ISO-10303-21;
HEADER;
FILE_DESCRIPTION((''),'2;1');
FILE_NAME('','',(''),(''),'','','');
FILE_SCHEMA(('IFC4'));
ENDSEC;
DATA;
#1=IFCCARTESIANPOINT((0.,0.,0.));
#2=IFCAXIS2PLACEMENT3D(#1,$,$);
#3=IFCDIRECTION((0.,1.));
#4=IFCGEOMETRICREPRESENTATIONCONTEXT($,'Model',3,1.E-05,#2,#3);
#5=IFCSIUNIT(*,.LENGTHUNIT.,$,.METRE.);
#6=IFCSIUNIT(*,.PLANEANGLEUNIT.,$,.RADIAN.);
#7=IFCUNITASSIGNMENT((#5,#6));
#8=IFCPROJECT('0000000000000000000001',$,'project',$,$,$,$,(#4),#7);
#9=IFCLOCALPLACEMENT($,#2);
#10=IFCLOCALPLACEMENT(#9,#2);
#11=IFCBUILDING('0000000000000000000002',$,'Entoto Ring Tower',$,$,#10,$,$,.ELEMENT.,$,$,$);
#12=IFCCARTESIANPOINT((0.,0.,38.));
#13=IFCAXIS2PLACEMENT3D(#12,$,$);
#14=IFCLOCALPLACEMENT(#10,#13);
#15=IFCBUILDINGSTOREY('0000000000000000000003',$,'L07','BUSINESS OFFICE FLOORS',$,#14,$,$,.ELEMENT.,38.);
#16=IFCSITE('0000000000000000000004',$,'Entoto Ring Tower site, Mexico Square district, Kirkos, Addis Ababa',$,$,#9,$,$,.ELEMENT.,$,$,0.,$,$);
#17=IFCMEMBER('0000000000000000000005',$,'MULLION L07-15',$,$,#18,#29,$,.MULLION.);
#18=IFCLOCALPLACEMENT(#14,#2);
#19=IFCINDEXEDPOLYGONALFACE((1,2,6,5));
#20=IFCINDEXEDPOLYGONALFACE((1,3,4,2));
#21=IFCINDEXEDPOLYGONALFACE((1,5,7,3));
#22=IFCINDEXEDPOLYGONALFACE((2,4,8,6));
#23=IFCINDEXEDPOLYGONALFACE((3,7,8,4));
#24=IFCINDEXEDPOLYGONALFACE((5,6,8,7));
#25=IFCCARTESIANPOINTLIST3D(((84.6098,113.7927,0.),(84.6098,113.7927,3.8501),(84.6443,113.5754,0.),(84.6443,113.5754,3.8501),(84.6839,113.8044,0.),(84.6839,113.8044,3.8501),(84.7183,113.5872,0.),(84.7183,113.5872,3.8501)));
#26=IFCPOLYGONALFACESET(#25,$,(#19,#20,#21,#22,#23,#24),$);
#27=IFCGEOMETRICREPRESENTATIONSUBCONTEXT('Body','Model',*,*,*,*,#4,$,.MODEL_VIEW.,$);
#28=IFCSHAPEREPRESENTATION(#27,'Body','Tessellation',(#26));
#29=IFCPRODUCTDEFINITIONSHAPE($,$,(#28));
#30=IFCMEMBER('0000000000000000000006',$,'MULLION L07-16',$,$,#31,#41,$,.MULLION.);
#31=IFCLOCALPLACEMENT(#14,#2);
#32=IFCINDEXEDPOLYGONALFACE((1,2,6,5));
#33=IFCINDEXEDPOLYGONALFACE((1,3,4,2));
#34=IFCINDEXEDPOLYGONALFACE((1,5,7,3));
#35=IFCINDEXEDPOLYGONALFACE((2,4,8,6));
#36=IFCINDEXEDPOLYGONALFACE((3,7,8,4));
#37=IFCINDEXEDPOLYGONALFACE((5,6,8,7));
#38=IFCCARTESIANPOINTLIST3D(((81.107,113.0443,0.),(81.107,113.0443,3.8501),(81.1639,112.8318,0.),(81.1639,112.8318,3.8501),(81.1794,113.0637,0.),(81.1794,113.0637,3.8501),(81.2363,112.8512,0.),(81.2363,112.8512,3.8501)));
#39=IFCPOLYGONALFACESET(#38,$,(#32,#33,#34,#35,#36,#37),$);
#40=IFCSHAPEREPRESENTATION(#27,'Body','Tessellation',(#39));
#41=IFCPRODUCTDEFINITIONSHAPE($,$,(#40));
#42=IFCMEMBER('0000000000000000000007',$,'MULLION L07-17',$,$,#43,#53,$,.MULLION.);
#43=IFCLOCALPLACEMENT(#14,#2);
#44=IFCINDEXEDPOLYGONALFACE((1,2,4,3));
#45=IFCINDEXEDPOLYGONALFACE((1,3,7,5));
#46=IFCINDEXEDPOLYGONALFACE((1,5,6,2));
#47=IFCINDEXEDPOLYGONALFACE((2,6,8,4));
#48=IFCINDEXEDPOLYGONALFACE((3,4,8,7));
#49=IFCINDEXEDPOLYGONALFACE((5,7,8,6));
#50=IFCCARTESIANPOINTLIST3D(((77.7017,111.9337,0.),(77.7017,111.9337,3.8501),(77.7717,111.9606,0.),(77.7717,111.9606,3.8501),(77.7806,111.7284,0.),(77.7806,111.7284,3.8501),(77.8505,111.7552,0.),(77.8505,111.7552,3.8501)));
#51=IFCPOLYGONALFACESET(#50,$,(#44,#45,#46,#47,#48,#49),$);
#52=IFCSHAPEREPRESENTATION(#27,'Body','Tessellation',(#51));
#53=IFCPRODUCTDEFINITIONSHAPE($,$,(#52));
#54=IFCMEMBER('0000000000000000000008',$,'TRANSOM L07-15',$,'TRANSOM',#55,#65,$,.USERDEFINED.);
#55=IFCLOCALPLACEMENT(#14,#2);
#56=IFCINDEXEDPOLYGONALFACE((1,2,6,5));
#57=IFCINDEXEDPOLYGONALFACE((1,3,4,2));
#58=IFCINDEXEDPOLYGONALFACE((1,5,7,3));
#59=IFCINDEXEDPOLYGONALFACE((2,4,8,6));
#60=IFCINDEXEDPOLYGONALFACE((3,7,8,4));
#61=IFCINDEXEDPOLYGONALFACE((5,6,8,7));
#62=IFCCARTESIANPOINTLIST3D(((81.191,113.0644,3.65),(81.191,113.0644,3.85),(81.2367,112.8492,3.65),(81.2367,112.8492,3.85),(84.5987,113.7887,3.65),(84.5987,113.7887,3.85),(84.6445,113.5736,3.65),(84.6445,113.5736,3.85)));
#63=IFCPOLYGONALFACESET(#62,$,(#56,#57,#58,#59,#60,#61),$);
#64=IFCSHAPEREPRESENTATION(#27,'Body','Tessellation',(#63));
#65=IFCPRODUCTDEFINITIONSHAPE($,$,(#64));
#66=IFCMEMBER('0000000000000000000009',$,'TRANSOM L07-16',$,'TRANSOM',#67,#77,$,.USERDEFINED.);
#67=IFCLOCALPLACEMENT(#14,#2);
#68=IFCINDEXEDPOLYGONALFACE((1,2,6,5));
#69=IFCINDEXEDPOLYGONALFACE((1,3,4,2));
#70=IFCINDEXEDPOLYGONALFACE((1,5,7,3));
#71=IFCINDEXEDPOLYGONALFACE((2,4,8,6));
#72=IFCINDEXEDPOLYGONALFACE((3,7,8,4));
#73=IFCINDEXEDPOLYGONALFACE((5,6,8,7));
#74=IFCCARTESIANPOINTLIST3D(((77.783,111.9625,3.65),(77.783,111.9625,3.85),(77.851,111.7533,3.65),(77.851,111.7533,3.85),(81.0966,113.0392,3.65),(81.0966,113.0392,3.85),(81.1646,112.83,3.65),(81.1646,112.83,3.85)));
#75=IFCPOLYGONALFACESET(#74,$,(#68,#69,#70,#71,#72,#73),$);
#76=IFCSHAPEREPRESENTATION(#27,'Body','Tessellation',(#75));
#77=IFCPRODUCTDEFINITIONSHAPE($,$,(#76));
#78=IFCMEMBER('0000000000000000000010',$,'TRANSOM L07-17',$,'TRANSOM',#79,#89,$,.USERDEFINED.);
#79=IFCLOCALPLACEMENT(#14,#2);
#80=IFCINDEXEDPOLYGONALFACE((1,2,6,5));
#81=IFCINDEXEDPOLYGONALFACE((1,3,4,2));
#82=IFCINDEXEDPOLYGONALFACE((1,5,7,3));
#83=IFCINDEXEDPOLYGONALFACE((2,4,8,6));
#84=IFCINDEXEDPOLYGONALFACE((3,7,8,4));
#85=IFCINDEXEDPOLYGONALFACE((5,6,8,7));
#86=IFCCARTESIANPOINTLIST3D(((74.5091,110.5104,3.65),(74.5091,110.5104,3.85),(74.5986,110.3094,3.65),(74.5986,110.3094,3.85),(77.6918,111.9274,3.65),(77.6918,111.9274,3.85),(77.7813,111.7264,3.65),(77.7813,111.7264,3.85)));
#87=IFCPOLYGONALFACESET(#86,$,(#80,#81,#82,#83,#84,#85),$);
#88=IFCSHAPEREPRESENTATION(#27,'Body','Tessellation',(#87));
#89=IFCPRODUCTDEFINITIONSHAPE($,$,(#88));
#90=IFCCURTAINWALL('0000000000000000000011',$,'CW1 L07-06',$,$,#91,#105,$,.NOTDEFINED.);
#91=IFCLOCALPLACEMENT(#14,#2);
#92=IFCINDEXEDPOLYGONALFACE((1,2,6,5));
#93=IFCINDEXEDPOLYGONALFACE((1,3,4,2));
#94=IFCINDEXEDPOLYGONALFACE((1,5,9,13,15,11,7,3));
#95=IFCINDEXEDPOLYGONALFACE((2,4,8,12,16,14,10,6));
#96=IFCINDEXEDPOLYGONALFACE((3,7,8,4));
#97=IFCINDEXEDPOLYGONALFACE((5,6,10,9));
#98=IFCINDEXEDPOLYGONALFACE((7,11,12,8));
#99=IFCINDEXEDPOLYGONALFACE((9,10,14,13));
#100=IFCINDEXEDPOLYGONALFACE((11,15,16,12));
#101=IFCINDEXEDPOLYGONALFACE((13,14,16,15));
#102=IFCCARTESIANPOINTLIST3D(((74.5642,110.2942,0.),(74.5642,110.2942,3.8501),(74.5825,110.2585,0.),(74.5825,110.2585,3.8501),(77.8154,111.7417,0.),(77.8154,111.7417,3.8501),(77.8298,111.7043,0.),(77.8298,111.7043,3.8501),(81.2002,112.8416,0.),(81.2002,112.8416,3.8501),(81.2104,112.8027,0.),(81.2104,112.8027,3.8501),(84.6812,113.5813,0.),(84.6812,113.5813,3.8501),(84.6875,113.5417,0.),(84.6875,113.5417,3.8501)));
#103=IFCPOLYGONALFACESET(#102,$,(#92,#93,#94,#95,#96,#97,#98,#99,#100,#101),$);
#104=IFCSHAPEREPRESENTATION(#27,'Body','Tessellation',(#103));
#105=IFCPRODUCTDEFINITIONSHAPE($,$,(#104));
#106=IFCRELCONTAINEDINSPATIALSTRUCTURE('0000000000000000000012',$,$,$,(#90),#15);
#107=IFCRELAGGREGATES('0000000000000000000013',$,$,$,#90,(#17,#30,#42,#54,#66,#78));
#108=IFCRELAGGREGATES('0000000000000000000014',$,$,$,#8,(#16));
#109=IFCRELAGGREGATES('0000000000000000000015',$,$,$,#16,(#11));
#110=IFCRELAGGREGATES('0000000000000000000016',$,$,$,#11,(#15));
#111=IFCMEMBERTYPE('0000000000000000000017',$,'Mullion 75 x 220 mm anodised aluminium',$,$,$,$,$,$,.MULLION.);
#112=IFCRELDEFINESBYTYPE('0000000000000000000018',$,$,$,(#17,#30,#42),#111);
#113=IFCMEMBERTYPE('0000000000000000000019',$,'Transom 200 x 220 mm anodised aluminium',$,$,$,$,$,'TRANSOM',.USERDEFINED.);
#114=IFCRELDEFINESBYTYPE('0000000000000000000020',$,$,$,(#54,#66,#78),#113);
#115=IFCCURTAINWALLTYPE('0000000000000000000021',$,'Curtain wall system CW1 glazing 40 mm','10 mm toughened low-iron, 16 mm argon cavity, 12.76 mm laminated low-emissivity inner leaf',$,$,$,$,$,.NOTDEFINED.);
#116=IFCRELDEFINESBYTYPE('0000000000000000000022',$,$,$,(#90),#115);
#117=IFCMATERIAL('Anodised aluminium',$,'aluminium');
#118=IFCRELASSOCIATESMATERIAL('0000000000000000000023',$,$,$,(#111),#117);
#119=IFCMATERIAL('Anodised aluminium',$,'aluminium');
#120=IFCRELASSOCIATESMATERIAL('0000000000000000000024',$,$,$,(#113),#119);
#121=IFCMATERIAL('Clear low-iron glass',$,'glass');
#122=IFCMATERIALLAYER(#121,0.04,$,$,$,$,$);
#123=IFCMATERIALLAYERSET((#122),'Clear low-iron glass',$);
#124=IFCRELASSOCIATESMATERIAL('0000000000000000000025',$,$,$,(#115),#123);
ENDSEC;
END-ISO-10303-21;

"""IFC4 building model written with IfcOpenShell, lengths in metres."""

from ifc_helpers import new_model, si_unit, direction, frame, origin, origin_2d, place, context, subcontext, project, spatial, polyline, rectangle, outline, extrude, material, layer, layer_set, material_profile, profile_set, type_object, element, aggregate, save


model = new_model("IFC4")

# Units and contexts
model_context = context("Model", 3, precision=1e-05, world=origin(), true_north=direction((0.0, 1.0)))
body_context = subcontext(model_context, "Body", "Model", "MODEL_VIEW")
ifc_project = project(units=[si_unit("LENGTHUNIT", "METRE"), si_unit("PLANEANGLEUNIT", "RADIAN")], contexts=[model_context])

# Members
ifc_material_1 = material(Name="Anodised aluminium", Category="aluminium")
ifc_material_profile_1 = material_profile(ifc_material_1, rectangle(XDim=0.075, YDim=0.22, at=origin_2d()), Name="Mullion 75 x 220 mm anodised aluminium")
ifc_profile_set_1 = profile_set([ifc_material_profile_1], Name="Anodised aluminium")
member_type_1 = type_object("IfcMemberType", Name="Mullion 75 x 220 mm anodised aluminium", PredefinedType="MULLION", material=ifc_profile_set_1)
site_placement = place(None, origin())
building_placement = place(site_placement, origin())
storey_placement = place(building_placement, frame((0.0, 0.0, 38.0)))
member_1_placement = place(storey_placement, frame((84.6641, 113.6899, 0.0), z_axis=(0.0, 0.0, 1.0), x_axis=(-0.987688, -0.156434, 0.0)))
member_1 = element("IfcMember", 1, at=member_1_placement, type_object=member_type_1, Name="MULLION L07-15", PredefinedType="MULLION", context=body_context, shape_type="SweptSolid", body=[
    extrude(rectangle(XDim=0.075, YDim=0.22, at=origin_2d()), origin(), (0.0, 0.0, 1.0), 3.8501),
])
member_2_placement = place(storey_placement, frame((81.1716, 112.9478, 0.0), z_axis=(0.0, 0.0, 1.0), x_axis=(-0.965926, -0.258819, 0.0)))
member_2 = element("IfcMember", 2, at=member_2_placement, type_object=member_type_1, Name="MULLION L07-16", PredefinedType="MULLION", context=body_context, shape_type="SweptSolid", body=[
    extrude(rectangle(XDim=0.075, YDim=0.22, at=origin_2d()), origin(), (0.0, 0.0, 1.0), 3.8501),
])
member_3_placement = place(storey_placement, frame((77.7761, 111.8445, 0.0), z_axis=(0.0, 0.0, 1.0), x_axis=(-0.93358, -0.358368, 0.0)))
member_3 = element("IfcMember", 3, at=member_3_placement, type_object=member_type_1, Name="MULLION L07-17", PredefinedType="MULLION", context=body_context, shape_type="SweptSolid", body=[
    extrude(rectangle(XDim=0.075, YDim=0.22, at=origin_2d()), origin(), (0.0, 0.0, 1.0), 3.8501),
])
ifc_material_2 = material(Name="Anodised aluminium", Category="aluminium")
ifc_material_profile_2 = material_profile(ifc_material_2, rectangle(XDim=0.22, YDim=0.2, at=origin_2d()), Name="Transom 200 x 220 mm anodised aluminium")
ifc_profile_set_2 = profile_set([ifc_material_profile_2], Name="Anodised aluminium")
member_type_2 = type_object("IfcMemberType", Name="Transom 200 x 220 mm anodised aluminium", ElementType="TRANSOM", PredefinedType="USERDEFINED", material=ifc_profile_set_2)
member_4_placement = place(storey_placement, frame((84.6216, 113.6812, 3.75), z_axis=(-0.978146, -0.207921, 0.0), x_axis=(0.207921, -0.978146, 0.0)))
member_4 = element("IfcMember", 4, at=member_4_placement, type_object=member_type_2, Name="TRANSOM L07-15", ObjectType="TRANSOM", PredefinedType="USERDEFINED", context=body_context, shape_type="SweptSolid", body=[
    extrude(rectangle(XDim=0.22, YDim=0.2, at=origin_2d()), origin(), (0.0, 0.0, 1.0), 3.4839),
])
member_5_placement = place(storey_placement, frame((81.1306, 112.9346, 3.75), z_axis=(-0.951053, -0.309029, 0.0), x_axis=(0.309029, -0.951053, 0.0)))
member_5 = element("IfcMember", 5, at=member_5_placement, type_object=member_type_2, Name="TRANSOM L07-16", ObjectType="TRANSOM", PredefinedType="USERDEFINED", context=body_context, shape_type="SweptSolid", body=[
    extrude(rectangle(XDim=0.22, YDim=0.2, at=origin_2d()), origin(), (0.0, 0.0, 1.0), 3.4841),
])
member_6_placement = place(storey_placement, frame((77.7366, 111.8269, 3.75), z_axis=(-0.913545, -0.406737, 0.0), x_axis=(0.406737, -0.913545, 0.0)))
member_6 = element("IfcMember", 6, at=member_6_placement, type_object=member_type_2, Name="TRANSOM L07-17", ObjectType="TRANSOM", PredefinedType="USERDEFINED", context=body_context, shape_type="SweptSolid", body=[
    extrude(rectangle(XDim=0.22, YDim=0.2, at=origin_2d()), origin(), (0.0, 0.0, 1.0), 3.4839),
])

# Site, building, storey
site = spatial("IfcSite", under=ifc_project, at=site_placement, Name="Entoto Ring Tower site, Mexico Square district, Kirkos, Addis Ababa", CompositionType="ELEMENT", RefElevation=0.0)
building = spatial("IfcBuilding", under=site, at=building_placement, Name="Entoto Ring Tower", CompositionType="ELEMENT")
storey = spatial("IfcBuildingStorey", under=building, at=storey_placement, Name="L07", Description="BUSINESS OFFICE FLOORS", CompositionType="ELEMENT", Elevation=38.0)

# Curtain wall
ifc_material_3 = material(Name="Clear low-iron glass", Category="glass")
ifc_layer = layer(ifc_material_3, 0.04)
ifc_layer_set = layer_set([ifc_layer], Name="Clear low-iron glass")
curtain_wall_type = type_object("IfcCurtainWallType", Name="Curtain wall system CW1 glazing 40 mm", Description="10 mm toughened low-iron, 16 mm argon cavity, 12.76 mm laminated low-emissivity inner leaf", PredefinedType="NOTDEFINED", material=ifc_layer_set)
curtain_wall_1_placement = place(storey_placement, origin())
curtain_wall_1 = element("IfcCurtainWall", 7, at=curtain_wall_1_placement, inside=storey, type_object=curtain_wall_type, Name="CW1 L07-06", PredefinedType="NOTDEFINED", context=body_context, shape_type="SweptSolid", body=[
    extrude(outline(polyline([(84.6812, 113.5813), (81.2002, 112.8416), (77.8154, 111.7417), (74.5642, 110.2942), (74.5825, 110.2585), (77.8298, 111.7043), (81.2104, 112.8027), (84.6875, 113.5417), (84.6812, 113.5813)])), origin(), (0.0, 0.0, 1.0), 3.8501),
])
aggregate(curtain_wall_1, [member_1, member_2, member_3, member_4, member_5, member_6])

save(model, "model.ifc")
